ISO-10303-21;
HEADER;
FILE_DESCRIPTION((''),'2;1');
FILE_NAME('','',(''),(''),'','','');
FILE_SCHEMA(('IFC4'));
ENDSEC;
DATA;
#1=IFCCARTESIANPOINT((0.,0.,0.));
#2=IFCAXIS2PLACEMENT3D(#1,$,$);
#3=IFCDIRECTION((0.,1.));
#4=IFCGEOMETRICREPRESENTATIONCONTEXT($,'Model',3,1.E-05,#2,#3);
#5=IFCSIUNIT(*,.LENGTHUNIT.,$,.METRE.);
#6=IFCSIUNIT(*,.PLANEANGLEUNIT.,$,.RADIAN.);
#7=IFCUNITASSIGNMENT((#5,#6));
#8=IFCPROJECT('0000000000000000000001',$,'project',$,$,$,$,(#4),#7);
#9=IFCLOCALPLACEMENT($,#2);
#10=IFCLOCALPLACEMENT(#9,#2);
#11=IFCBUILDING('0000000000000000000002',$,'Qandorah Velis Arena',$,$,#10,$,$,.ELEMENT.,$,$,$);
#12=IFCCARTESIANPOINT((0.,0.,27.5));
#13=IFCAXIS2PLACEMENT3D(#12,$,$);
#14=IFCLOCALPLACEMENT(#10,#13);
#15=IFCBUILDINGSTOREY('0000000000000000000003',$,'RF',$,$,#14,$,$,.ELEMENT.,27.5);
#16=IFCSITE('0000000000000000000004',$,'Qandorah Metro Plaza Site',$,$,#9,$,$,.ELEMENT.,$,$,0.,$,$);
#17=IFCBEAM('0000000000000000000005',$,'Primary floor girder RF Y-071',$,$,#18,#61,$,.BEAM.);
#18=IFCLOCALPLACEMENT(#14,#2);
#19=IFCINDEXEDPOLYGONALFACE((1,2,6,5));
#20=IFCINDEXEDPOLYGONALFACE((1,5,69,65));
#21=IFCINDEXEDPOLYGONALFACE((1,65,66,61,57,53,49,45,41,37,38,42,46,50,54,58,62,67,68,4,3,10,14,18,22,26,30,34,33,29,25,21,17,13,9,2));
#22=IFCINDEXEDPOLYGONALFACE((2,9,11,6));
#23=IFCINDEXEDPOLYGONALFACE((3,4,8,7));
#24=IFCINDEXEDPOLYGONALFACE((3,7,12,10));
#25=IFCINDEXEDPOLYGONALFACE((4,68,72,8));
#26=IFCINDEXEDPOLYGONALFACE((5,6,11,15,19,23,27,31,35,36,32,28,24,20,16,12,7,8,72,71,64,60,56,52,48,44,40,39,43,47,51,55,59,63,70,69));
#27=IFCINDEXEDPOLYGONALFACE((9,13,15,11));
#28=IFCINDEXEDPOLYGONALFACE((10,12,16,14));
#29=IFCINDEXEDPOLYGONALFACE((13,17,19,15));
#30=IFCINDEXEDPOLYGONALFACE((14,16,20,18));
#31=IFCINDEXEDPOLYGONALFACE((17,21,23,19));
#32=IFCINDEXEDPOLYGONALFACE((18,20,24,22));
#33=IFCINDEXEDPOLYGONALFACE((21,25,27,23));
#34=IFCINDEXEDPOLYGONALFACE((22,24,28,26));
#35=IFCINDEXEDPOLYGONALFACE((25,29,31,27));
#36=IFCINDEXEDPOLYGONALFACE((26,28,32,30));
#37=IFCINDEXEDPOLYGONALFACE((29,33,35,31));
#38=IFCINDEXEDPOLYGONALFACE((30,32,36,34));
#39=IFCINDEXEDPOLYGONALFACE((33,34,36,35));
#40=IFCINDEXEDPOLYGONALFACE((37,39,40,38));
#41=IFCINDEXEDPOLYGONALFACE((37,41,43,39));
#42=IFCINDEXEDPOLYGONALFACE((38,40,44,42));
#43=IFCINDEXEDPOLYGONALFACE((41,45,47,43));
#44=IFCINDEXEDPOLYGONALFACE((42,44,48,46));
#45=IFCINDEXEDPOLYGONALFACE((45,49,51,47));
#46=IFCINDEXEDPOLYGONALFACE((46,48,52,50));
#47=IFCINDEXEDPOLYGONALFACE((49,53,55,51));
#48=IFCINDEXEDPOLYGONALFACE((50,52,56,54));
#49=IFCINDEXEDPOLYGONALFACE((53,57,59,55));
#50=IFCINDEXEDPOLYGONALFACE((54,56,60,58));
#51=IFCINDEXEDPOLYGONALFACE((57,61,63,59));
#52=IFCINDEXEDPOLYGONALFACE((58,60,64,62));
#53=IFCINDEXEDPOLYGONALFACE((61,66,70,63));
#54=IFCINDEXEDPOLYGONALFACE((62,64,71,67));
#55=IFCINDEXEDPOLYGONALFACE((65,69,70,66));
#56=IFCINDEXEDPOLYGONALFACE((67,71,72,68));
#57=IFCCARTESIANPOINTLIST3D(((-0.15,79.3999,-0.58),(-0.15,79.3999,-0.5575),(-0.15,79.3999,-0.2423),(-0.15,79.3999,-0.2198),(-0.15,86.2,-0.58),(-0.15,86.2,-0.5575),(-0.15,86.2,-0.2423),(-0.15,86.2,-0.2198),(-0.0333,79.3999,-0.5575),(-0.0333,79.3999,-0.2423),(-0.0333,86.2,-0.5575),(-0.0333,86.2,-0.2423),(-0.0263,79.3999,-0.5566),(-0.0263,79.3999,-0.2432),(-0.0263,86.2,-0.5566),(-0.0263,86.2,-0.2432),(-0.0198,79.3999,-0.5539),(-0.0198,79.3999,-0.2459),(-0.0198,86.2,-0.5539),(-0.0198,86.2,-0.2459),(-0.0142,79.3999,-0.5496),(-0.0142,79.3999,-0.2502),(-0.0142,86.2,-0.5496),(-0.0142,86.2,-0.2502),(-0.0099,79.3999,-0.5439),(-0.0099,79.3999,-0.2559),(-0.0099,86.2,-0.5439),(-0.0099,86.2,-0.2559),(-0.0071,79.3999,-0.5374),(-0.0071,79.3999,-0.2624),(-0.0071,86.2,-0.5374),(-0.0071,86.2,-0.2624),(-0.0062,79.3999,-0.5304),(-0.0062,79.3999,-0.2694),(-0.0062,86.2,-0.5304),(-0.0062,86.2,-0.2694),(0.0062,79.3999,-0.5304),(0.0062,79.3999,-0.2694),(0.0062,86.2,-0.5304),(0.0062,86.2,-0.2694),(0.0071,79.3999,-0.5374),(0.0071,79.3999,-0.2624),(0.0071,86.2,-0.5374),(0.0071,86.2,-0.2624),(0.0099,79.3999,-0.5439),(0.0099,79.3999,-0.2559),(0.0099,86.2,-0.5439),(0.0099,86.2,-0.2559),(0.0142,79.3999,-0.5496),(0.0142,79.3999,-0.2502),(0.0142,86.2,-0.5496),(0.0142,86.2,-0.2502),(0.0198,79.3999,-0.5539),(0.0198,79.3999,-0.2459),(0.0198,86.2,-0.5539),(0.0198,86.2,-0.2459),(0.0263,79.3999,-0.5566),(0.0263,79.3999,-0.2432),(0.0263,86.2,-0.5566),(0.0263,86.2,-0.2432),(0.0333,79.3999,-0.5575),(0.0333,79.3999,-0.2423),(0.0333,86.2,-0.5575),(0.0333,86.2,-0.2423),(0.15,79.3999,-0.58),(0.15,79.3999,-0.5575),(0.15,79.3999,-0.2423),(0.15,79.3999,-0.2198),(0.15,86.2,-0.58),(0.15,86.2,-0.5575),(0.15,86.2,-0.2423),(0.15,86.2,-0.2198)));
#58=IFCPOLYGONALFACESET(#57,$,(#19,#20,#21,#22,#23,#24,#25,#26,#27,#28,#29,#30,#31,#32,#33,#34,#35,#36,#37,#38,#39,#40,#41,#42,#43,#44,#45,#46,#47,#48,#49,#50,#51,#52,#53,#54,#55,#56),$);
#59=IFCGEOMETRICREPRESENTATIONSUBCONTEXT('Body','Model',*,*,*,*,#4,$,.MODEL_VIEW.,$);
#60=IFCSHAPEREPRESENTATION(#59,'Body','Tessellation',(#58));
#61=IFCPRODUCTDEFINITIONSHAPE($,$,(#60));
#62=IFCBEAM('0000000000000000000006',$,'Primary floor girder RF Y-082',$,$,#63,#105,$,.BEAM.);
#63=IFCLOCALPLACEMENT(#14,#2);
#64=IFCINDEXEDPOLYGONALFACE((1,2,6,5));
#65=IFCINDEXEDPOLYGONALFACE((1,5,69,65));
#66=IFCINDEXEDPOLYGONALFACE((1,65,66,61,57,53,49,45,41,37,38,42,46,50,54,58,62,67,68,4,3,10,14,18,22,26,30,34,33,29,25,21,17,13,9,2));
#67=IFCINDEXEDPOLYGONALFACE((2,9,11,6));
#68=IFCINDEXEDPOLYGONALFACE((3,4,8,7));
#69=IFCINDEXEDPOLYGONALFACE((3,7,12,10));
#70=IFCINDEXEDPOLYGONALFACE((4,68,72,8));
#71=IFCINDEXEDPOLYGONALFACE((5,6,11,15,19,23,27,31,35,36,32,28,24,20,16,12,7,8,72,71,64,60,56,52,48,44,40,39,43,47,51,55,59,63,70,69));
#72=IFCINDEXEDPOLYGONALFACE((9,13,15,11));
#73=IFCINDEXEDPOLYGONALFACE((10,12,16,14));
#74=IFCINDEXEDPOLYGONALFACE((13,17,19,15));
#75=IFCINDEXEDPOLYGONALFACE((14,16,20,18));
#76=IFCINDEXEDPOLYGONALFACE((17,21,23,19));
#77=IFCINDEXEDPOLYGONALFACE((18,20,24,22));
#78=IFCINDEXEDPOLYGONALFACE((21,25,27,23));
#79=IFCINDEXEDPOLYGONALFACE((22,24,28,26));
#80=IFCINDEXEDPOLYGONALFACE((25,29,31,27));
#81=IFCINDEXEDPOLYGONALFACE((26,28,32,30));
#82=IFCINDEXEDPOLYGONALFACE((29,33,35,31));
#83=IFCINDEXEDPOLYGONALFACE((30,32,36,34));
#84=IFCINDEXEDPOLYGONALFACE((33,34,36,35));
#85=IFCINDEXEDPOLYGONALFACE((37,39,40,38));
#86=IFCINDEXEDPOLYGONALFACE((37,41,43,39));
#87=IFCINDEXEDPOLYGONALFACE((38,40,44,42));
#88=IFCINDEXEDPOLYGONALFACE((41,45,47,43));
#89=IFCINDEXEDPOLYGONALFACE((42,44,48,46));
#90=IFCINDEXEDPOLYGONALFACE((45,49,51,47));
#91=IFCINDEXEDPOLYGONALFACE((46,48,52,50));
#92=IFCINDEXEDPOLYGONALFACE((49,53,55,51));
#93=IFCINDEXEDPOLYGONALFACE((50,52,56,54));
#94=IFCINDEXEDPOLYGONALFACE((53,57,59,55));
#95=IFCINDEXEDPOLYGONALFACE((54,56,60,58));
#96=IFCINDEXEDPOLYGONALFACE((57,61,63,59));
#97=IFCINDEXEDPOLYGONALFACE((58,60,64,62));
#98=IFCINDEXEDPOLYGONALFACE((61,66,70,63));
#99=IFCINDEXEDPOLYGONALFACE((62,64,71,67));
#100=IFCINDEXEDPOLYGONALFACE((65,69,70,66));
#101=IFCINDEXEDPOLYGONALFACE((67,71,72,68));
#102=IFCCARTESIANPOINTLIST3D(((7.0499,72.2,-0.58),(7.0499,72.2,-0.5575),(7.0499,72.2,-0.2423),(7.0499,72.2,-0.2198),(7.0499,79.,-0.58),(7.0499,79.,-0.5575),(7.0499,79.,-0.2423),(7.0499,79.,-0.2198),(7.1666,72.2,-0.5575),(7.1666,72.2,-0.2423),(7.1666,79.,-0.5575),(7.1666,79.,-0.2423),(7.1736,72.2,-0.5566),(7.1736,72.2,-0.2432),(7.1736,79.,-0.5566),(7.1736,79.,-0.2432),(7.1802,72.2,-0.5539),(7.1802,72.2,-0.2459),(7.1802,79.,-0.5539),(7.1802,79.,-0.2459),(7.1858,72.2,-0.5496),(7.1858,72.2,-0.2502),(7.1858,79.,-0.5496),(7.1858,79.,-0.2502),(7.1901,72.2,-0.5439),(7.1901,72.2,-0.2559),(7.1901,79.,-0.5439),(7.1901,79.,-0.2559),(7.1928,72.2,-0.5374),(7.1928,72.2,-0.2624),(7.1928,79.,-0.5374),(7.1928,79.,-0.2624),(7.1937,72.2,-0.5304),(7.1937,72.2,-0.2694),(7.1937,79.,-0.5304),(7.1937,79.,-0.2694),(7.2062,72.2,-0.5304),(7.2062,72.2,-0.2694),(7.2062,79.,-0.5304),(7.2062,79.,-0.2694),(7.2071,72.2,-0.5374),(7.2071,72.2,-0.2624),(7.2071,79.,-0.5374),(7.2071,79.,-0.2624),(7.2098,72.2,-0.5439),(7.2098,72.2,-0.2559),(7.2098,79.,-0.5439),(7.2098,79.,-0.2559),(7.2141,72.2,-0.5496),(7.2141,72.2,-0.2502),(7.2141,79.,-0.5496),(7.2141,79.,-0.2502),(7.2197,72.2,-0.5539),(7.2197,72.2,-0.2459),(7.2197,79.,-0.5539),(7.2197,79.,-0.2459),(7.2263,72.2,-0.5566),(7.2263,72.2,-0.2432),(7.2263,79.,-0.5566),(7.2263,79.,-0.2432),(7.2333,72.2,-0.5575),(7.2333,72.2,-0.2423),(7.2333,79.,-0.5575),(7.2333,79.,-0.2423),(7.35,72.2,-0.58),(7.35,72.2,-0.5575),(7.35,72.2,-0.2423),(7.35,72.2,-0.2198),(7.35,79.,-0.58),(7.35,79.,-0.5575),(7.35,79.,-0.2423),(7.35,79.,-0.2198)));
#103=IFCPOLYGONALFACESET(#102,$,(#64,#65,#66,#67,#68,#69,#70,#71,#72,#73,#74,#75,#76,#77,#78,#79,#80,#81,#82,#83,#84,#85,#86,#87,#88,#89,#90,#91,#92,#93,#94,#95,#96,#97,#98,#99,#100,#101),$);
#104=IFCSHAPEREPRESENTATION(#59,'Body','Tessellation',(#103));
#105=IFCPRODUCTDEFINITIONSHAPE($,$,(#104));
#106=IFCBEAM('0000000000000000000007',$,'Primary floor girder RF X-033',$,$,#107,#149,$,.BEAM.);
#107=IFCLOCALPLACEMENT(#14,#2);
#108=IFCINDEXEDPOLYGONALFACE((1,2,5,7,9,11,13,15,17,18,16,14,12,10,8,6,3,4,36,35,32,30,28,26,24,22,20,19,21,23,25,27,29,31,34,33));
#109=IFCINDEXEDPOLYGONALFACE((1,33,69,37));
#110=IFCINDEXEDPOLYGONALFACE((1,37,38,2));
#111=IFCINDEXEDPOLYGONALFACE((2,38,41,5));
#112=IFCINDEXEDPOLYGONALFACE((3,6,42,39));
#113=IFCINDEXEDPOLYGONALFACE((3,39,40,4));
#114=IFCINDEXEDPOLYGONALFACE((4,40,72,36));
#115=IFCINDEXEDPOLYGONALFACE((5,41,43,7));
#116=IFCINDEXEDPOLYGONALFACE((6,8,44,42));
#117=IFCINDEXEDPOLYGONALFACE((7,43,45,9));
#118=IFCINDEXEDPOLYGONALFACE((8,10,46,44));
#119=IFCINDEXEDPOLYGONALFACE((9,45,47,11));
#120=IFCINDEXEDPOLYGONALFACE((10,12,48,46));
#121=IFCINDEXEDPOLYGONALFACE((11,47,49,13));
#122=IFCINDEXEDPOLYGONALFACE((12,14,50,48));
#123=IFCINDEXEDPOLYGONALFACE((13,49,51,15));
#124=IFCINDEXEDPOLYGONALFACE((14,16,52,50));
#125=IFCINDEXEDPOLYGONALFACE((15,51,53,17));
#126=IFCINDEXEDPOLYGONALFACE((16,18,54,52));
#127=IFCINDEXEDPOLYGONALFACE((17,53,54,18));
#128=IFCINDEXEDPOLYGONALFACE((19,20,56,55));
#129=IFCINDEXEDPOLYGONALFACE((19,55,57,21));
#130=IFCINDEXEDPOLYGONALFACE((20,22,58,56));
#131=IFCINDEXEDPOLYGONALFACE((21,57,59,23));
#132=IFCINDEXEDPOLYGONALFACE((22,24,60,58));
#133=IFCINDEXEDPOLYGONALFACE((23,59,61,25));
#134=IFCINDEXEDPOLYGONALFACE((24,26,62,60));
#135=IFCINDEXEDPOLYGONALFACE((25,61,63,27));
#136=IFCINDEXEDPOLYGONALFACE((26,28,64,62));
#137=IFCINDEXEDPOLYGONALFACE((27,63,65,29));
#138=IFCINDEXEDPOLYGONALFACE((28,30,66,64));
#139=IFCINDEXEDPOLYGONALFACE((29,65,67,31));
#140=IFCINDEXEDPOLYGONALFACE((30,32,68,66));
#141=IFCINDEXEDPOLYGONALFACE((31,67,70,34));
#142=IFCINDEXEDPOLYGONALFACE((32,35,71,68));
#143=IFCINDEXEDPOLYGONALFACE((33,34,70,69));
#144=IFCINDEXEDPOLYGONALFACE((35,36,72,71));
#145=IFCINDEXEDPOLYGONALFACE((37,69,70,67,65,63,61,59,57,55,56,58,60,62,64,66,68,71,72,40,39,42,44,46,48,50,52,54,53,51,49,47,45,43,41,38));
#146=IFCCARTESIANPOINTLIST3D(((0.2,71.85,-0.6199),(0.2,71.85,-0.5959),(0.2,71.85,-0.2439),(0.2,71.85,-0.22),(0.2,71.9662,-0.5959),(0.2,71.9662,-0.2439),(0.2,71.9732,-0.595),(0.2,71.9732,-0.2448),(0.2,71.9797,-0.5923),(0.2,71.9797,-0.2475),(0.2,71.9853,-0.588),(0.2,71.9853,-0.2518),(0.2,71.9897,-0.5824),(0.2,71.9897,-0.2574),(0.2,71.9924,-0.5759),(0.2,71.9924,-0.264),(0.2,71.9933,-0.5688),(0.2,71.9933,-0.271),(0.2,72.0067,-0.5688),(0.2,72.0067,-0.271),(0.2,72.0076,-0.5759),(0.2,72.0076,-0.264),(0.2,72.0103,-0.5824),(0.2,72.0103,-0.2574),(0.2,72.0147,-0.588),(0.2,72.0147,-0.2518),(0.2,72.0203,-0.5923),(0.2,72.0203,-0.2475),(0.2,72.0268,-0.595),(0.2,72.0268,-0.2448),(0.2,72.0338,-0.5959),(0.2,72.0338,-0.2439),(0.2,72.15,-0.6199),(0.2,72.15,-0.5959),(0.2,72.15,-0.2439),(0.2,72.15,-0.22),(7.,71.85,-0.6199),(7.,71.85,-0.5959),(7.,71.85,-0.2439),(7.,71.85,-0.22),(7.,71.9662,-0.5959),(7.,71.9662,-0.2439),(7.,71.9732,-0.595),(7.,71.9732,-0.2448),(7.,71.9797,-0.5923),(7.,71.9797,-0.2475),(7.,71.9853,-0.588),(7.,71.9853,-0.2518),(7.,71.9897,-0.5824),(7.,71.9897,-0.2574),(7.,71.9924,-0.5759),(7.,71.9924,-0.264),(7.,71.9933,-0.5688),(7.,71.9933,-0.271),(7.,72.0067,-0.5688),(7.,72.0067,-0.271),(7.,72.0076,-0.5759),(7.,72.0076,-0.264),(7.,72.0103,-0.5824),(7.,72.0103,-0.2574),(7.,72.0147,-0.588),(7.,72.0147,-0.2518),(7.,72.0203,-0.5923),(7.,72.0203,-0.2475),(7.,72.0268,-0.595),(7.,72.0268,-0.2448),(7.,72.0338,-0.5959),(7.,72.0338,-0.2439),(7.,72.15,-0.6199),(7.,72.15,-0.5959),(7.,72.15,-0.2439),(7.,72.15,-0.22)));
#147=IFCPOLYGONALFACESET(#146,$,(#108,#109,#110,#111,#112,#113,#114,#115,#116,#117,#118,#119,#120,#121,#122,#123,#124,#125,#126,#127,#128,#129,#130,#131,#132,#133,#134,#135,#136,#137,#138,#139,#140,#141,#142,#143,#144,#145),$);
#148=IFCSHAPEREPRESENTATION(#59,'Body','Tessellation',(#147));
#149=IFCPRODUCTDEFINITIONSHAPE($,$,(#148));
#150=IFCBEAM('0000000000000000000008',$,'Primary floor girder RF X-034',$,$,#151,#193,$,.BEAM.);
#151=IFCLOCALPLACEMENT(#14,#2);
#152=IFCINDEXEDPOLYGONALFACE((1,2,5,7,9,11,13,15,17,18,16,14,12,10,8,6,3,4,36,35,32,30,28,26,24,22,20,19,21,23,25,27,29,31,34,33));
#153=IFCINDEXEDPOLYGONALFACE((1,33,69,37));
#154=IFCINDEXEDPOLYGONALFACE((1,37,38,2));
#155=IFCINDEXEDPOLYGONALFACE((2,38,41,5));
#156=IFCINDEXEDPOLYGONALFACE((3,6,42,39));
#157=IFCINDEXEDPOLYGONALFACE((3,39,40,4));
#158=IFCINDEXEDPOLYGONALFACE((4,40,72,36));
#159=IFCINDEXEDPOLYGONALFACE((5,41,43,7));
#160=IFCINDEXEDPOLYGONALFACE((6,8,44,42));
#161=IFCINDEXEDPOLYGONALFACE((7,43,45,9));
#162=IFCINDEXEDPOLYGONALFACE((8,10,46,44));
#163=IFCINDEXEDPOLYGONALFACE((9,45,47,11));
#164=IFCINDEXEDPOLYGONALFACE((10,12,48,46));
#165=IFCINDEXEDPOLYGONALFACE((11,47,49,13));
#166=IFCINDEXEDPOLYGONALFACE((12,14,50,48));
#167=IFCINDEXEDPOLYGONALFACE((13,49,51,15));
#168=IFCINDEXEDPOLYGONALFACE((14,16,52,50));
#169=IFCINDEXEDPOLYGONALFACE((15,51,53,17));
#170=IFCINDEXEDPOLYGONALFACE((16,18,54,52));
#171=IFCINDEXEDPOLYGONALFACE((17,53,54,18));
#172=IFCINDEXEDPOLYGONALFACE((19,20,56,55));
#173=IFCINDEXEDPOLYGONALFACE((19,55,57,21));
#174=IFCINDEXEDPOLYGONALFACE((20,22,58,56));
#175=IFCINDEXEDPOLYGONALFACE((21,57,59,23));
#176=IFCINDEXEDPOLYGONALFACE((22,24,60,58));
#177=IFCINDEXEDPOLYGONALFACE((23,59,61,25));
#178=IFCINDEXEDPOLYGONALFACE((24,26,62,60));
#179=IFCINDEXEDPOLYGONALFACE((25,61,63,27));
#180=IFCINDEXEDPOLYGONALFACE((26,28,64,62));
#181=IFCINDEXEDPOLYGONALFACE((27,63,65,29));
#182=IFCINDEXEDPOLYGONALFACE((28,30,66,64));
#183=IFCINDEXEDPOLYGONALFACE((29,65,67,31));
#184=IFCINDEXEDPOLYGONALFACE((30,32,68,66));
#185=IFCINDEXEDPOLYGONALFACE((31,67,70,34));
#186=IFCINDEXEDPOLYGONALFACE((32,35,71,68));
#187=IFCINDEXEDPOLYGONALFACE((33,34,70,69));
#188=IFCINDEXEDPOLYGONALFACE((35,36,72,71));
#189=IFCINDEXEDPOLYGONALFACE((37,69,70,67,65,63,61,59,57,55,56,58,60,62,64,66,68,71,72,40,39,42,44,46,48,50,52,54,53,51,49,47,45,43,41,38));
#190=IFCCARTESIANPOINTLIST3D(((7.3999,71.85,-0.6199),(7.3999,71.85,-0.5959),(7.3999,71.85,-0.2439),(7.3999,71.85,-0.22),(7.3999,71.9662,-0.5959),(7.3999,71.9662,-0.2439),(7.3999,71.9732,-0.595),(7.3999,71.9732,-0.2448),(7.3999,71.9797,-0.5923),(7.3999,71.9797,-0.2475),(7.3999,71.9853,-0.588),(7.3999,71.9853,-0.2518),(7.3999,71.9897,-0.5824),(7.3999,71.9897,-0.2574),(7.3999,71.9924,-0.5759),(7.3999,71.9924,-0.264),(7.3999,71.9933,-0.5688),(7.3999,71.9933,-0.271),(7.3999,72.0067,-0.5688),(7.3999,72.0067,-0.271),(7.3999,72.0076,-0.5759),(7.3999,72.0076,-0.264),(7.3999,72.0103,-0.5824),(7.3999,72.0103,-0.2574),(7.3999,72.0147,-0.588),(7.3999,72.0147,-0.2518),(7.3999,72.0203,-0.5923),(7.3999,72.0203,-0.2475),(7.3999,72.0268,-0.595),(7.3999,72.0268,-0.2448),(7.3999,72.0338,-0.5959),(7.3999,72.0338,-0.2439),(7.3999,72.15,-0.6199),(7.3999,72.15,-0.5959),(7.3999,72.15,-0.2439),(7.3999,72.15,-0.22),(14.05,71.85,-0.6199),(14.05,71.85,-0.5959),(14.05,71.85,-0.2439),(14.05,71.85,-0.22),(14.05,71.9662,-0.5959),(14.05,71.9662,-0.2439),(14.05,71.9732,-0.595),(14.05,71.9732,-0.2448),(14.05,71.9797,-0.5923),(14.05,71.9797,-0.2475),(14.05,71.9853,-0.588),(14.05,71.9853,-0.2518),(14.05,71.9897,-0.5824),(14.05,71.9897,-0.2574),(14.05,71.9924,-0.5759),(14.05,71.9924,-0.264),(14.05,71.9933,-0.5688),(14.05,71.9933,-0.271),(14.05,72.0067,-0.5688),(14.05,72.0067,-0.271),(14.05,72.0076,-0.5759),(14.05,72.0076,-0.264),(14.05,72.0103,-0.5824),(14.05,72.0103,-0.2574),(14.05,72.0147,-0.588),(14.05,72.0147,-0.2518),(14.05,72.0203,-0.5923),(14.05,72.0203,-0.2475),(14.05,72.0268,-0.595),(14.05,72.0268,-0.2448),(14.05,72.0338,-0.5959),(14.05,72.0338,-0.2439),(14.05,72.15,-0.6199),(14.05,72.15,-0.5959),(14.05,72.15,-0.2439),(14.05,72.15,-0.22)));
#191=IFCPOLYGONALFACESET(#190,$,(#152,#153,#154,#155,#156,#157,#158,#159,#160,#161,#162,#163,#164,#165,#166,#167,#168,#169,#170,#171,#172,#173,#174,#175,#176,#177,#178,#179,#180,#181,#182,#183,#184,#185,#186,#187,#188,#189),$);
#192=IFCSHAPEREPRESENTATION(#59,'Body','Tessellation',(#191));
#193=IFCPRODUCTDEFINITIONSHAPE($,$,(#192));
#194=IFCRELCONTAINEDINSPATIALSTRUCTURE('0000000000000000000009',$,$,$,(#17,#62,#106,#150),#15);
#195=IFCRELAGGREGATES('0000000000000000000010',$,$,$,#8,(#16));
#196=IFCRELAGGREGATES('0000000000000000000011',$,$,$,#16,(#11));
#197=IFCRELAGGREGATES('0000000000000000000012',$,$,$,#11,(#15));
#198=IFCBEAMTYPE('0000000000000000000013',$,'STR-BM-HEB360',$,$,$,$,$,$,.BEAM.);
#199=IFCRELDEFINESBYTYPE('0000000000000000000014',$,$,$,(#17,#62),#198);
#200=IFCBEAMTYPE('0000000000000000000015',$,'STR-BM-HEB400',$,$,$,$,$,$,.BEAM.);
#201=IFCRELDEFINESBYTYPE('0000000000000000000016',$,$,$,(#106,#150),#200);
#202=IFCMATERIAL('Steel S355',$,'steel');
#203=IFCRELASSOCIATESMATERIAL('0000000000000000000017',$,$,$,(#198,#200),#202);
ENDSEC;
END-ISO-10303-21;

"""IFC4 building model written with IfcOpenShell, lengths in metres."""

from ifc_helpers import new_model, si_unit, direction, frame, origin, origin_2d, place, context, subcontext, project, spatial, i_section, extrude, material, material_profile, profile_set, type_object, element, save


model = new_model("IFC4")

# Units and contexts
model_context = context("Model", 3, precision=1e-05, world=origin(), true_north=direction((0.0, 1.0)))
body_context = subcontext(model_context, "Body", "Model", "MODEL_VIEW")
ifc_project = project(units=[si_unit("LENGTHUNIT", "METRE"), si_unit("PLANEANGLEUNIT", "RADIAN")], contexts=[model_context])

# Site, building, storey
site_placement = place(None, origin())
site = spatial("IfcSite", under=ifc_project, at=site_placement, Name="Qandorah Metro Plaza Site", CompositionType="ELEMENT", RefElevation=0.0)
building_placement = place(site_placement, origin())
building = spatial("IfcBuilding", under=site, at=building_placement, Name="Qandorah Velis Arena", CompositionType="ELEMENT")
storey_placement = place(building_placement, frame((0.0, 0.0, 27.5)))
storey = spatial("IfcBuildingStorey", under=building, at=storey_placement, Name="RF", CompositionType="ELEMENT", Elevation=27.5)

# Beams
ifc_material_1 = material(Name="Steel S355", Category="steel")
ifc_material_profile_1 = material_profile(ifc_material_1, i_section(OverallWidth=0.3, OverallDepth=0.3601, WebThickness=0.0125, FlangeThickness=0.0225, FilletRadius=0.0271, at=origin_2d()), Name="HEB 360")
ifc_profile_set_1 = profile_set([ifc_material_profile_1], Name="Steel S355")
beam_type_1 = type_object("IfcBeamType", Name="STR-BM-HEB360", PredefinedType="BEAM", material=ifc_profile_set_1)
for number, where, z_axis, x_axis, name in (
    (1, (0.0, 79.3999, -0.3999), (0.0, 1.0, 0.0), (-1.0, 0.0, 0.0), "Primary floor girder RF Y-071"),
    (2, (7.2, 72.2, -0.3999), (0.0, 1.0, 0.0), (-1.0, 0.0, 0.0), "Primary floor girder RF Y-082"),
):
    element("IfcBeam", number, at=place(storey_placement, frame(where, z_axis=z_axis, x_axis=x_axis)), inside=storey, type_object=beam_type_1, Name=name, PredefinedType="BEAM", context=body_context, shape_type="SweptSolid", body=[
        extrude(i_section(OverallWidth=0.3, OverallDepth=0.3601, WebThickness=0.0125, FlangeThickness=0.0225, FilletRadius=0.0271, at=origin_2d()), origin(), (0.0, 0.0, 1.0), 6.8),
    ])
ifc_material_profile_2 = material_profile(ifc_material_1, i_section(OverallWidth=0.3, OverallDepth=0.3999, WebThickness=0.0134, FlangeThickness=0.0239, FilletRadius=0.0271, at=origin_2d()), Name="HEB 400")
ifc_profile_set_2 = profile_set([ifc_material_profile_2], Name="Steel S355")
beam_type_2 = type_object("IfcBeamType", Name="STR-BM-HEB400", PredefinedType="BEAM", material=ifc_profile_set_2)
beam_1_placement = place(storey_placement, frame((0.2, 72.0, -0.4199), z_axis=(1.0, 0.0, 0.0), x_axis=(0.0, 1.0, 0.0)))
element("IfcBeam", 3, at=beam_1_placement, inside=storey, type_object=beam_type_2, Name="Primary floor girder RF X-033", PredefinedType="BEAM", context=body_context, shape_type="SweptSolid", body=[
    extrude(i_section(OverallWidth=0.3, OverallDepth=0.3999, WebThickness=0.0134, FlangeThickness=0.0239, FilletRadius=0.0271, at=origin_2d()), origin(), (0.0, 0.0, 1.0), 6.8),
])
beam_2_placement = place(storey_placement, frame((7.3999, 72.0, -0.4199), z_axis=(1.0, 0.0, 0.0), x_axis=(0.0, 1.0, 0.0)))
element("IfcBeam", 4, at=beam_2_placement, inside=storey, type_object=beam_type_2, Name="Primary floor girder RF X-034", PredefinedType="BEAM", context=body_context, shape_type="SweptSolid", body=[
    extrude(i_section(OverallWidth=0.3, OverallDepth=0.3999, WebThickness=0.0134, FlangeThickness=0.0239, FilletRadius=0.0271, at=origin_2d()), origin(), (0.0, 0.0, 1.0), 6.6501),
])

save(model, "model.ifc")
